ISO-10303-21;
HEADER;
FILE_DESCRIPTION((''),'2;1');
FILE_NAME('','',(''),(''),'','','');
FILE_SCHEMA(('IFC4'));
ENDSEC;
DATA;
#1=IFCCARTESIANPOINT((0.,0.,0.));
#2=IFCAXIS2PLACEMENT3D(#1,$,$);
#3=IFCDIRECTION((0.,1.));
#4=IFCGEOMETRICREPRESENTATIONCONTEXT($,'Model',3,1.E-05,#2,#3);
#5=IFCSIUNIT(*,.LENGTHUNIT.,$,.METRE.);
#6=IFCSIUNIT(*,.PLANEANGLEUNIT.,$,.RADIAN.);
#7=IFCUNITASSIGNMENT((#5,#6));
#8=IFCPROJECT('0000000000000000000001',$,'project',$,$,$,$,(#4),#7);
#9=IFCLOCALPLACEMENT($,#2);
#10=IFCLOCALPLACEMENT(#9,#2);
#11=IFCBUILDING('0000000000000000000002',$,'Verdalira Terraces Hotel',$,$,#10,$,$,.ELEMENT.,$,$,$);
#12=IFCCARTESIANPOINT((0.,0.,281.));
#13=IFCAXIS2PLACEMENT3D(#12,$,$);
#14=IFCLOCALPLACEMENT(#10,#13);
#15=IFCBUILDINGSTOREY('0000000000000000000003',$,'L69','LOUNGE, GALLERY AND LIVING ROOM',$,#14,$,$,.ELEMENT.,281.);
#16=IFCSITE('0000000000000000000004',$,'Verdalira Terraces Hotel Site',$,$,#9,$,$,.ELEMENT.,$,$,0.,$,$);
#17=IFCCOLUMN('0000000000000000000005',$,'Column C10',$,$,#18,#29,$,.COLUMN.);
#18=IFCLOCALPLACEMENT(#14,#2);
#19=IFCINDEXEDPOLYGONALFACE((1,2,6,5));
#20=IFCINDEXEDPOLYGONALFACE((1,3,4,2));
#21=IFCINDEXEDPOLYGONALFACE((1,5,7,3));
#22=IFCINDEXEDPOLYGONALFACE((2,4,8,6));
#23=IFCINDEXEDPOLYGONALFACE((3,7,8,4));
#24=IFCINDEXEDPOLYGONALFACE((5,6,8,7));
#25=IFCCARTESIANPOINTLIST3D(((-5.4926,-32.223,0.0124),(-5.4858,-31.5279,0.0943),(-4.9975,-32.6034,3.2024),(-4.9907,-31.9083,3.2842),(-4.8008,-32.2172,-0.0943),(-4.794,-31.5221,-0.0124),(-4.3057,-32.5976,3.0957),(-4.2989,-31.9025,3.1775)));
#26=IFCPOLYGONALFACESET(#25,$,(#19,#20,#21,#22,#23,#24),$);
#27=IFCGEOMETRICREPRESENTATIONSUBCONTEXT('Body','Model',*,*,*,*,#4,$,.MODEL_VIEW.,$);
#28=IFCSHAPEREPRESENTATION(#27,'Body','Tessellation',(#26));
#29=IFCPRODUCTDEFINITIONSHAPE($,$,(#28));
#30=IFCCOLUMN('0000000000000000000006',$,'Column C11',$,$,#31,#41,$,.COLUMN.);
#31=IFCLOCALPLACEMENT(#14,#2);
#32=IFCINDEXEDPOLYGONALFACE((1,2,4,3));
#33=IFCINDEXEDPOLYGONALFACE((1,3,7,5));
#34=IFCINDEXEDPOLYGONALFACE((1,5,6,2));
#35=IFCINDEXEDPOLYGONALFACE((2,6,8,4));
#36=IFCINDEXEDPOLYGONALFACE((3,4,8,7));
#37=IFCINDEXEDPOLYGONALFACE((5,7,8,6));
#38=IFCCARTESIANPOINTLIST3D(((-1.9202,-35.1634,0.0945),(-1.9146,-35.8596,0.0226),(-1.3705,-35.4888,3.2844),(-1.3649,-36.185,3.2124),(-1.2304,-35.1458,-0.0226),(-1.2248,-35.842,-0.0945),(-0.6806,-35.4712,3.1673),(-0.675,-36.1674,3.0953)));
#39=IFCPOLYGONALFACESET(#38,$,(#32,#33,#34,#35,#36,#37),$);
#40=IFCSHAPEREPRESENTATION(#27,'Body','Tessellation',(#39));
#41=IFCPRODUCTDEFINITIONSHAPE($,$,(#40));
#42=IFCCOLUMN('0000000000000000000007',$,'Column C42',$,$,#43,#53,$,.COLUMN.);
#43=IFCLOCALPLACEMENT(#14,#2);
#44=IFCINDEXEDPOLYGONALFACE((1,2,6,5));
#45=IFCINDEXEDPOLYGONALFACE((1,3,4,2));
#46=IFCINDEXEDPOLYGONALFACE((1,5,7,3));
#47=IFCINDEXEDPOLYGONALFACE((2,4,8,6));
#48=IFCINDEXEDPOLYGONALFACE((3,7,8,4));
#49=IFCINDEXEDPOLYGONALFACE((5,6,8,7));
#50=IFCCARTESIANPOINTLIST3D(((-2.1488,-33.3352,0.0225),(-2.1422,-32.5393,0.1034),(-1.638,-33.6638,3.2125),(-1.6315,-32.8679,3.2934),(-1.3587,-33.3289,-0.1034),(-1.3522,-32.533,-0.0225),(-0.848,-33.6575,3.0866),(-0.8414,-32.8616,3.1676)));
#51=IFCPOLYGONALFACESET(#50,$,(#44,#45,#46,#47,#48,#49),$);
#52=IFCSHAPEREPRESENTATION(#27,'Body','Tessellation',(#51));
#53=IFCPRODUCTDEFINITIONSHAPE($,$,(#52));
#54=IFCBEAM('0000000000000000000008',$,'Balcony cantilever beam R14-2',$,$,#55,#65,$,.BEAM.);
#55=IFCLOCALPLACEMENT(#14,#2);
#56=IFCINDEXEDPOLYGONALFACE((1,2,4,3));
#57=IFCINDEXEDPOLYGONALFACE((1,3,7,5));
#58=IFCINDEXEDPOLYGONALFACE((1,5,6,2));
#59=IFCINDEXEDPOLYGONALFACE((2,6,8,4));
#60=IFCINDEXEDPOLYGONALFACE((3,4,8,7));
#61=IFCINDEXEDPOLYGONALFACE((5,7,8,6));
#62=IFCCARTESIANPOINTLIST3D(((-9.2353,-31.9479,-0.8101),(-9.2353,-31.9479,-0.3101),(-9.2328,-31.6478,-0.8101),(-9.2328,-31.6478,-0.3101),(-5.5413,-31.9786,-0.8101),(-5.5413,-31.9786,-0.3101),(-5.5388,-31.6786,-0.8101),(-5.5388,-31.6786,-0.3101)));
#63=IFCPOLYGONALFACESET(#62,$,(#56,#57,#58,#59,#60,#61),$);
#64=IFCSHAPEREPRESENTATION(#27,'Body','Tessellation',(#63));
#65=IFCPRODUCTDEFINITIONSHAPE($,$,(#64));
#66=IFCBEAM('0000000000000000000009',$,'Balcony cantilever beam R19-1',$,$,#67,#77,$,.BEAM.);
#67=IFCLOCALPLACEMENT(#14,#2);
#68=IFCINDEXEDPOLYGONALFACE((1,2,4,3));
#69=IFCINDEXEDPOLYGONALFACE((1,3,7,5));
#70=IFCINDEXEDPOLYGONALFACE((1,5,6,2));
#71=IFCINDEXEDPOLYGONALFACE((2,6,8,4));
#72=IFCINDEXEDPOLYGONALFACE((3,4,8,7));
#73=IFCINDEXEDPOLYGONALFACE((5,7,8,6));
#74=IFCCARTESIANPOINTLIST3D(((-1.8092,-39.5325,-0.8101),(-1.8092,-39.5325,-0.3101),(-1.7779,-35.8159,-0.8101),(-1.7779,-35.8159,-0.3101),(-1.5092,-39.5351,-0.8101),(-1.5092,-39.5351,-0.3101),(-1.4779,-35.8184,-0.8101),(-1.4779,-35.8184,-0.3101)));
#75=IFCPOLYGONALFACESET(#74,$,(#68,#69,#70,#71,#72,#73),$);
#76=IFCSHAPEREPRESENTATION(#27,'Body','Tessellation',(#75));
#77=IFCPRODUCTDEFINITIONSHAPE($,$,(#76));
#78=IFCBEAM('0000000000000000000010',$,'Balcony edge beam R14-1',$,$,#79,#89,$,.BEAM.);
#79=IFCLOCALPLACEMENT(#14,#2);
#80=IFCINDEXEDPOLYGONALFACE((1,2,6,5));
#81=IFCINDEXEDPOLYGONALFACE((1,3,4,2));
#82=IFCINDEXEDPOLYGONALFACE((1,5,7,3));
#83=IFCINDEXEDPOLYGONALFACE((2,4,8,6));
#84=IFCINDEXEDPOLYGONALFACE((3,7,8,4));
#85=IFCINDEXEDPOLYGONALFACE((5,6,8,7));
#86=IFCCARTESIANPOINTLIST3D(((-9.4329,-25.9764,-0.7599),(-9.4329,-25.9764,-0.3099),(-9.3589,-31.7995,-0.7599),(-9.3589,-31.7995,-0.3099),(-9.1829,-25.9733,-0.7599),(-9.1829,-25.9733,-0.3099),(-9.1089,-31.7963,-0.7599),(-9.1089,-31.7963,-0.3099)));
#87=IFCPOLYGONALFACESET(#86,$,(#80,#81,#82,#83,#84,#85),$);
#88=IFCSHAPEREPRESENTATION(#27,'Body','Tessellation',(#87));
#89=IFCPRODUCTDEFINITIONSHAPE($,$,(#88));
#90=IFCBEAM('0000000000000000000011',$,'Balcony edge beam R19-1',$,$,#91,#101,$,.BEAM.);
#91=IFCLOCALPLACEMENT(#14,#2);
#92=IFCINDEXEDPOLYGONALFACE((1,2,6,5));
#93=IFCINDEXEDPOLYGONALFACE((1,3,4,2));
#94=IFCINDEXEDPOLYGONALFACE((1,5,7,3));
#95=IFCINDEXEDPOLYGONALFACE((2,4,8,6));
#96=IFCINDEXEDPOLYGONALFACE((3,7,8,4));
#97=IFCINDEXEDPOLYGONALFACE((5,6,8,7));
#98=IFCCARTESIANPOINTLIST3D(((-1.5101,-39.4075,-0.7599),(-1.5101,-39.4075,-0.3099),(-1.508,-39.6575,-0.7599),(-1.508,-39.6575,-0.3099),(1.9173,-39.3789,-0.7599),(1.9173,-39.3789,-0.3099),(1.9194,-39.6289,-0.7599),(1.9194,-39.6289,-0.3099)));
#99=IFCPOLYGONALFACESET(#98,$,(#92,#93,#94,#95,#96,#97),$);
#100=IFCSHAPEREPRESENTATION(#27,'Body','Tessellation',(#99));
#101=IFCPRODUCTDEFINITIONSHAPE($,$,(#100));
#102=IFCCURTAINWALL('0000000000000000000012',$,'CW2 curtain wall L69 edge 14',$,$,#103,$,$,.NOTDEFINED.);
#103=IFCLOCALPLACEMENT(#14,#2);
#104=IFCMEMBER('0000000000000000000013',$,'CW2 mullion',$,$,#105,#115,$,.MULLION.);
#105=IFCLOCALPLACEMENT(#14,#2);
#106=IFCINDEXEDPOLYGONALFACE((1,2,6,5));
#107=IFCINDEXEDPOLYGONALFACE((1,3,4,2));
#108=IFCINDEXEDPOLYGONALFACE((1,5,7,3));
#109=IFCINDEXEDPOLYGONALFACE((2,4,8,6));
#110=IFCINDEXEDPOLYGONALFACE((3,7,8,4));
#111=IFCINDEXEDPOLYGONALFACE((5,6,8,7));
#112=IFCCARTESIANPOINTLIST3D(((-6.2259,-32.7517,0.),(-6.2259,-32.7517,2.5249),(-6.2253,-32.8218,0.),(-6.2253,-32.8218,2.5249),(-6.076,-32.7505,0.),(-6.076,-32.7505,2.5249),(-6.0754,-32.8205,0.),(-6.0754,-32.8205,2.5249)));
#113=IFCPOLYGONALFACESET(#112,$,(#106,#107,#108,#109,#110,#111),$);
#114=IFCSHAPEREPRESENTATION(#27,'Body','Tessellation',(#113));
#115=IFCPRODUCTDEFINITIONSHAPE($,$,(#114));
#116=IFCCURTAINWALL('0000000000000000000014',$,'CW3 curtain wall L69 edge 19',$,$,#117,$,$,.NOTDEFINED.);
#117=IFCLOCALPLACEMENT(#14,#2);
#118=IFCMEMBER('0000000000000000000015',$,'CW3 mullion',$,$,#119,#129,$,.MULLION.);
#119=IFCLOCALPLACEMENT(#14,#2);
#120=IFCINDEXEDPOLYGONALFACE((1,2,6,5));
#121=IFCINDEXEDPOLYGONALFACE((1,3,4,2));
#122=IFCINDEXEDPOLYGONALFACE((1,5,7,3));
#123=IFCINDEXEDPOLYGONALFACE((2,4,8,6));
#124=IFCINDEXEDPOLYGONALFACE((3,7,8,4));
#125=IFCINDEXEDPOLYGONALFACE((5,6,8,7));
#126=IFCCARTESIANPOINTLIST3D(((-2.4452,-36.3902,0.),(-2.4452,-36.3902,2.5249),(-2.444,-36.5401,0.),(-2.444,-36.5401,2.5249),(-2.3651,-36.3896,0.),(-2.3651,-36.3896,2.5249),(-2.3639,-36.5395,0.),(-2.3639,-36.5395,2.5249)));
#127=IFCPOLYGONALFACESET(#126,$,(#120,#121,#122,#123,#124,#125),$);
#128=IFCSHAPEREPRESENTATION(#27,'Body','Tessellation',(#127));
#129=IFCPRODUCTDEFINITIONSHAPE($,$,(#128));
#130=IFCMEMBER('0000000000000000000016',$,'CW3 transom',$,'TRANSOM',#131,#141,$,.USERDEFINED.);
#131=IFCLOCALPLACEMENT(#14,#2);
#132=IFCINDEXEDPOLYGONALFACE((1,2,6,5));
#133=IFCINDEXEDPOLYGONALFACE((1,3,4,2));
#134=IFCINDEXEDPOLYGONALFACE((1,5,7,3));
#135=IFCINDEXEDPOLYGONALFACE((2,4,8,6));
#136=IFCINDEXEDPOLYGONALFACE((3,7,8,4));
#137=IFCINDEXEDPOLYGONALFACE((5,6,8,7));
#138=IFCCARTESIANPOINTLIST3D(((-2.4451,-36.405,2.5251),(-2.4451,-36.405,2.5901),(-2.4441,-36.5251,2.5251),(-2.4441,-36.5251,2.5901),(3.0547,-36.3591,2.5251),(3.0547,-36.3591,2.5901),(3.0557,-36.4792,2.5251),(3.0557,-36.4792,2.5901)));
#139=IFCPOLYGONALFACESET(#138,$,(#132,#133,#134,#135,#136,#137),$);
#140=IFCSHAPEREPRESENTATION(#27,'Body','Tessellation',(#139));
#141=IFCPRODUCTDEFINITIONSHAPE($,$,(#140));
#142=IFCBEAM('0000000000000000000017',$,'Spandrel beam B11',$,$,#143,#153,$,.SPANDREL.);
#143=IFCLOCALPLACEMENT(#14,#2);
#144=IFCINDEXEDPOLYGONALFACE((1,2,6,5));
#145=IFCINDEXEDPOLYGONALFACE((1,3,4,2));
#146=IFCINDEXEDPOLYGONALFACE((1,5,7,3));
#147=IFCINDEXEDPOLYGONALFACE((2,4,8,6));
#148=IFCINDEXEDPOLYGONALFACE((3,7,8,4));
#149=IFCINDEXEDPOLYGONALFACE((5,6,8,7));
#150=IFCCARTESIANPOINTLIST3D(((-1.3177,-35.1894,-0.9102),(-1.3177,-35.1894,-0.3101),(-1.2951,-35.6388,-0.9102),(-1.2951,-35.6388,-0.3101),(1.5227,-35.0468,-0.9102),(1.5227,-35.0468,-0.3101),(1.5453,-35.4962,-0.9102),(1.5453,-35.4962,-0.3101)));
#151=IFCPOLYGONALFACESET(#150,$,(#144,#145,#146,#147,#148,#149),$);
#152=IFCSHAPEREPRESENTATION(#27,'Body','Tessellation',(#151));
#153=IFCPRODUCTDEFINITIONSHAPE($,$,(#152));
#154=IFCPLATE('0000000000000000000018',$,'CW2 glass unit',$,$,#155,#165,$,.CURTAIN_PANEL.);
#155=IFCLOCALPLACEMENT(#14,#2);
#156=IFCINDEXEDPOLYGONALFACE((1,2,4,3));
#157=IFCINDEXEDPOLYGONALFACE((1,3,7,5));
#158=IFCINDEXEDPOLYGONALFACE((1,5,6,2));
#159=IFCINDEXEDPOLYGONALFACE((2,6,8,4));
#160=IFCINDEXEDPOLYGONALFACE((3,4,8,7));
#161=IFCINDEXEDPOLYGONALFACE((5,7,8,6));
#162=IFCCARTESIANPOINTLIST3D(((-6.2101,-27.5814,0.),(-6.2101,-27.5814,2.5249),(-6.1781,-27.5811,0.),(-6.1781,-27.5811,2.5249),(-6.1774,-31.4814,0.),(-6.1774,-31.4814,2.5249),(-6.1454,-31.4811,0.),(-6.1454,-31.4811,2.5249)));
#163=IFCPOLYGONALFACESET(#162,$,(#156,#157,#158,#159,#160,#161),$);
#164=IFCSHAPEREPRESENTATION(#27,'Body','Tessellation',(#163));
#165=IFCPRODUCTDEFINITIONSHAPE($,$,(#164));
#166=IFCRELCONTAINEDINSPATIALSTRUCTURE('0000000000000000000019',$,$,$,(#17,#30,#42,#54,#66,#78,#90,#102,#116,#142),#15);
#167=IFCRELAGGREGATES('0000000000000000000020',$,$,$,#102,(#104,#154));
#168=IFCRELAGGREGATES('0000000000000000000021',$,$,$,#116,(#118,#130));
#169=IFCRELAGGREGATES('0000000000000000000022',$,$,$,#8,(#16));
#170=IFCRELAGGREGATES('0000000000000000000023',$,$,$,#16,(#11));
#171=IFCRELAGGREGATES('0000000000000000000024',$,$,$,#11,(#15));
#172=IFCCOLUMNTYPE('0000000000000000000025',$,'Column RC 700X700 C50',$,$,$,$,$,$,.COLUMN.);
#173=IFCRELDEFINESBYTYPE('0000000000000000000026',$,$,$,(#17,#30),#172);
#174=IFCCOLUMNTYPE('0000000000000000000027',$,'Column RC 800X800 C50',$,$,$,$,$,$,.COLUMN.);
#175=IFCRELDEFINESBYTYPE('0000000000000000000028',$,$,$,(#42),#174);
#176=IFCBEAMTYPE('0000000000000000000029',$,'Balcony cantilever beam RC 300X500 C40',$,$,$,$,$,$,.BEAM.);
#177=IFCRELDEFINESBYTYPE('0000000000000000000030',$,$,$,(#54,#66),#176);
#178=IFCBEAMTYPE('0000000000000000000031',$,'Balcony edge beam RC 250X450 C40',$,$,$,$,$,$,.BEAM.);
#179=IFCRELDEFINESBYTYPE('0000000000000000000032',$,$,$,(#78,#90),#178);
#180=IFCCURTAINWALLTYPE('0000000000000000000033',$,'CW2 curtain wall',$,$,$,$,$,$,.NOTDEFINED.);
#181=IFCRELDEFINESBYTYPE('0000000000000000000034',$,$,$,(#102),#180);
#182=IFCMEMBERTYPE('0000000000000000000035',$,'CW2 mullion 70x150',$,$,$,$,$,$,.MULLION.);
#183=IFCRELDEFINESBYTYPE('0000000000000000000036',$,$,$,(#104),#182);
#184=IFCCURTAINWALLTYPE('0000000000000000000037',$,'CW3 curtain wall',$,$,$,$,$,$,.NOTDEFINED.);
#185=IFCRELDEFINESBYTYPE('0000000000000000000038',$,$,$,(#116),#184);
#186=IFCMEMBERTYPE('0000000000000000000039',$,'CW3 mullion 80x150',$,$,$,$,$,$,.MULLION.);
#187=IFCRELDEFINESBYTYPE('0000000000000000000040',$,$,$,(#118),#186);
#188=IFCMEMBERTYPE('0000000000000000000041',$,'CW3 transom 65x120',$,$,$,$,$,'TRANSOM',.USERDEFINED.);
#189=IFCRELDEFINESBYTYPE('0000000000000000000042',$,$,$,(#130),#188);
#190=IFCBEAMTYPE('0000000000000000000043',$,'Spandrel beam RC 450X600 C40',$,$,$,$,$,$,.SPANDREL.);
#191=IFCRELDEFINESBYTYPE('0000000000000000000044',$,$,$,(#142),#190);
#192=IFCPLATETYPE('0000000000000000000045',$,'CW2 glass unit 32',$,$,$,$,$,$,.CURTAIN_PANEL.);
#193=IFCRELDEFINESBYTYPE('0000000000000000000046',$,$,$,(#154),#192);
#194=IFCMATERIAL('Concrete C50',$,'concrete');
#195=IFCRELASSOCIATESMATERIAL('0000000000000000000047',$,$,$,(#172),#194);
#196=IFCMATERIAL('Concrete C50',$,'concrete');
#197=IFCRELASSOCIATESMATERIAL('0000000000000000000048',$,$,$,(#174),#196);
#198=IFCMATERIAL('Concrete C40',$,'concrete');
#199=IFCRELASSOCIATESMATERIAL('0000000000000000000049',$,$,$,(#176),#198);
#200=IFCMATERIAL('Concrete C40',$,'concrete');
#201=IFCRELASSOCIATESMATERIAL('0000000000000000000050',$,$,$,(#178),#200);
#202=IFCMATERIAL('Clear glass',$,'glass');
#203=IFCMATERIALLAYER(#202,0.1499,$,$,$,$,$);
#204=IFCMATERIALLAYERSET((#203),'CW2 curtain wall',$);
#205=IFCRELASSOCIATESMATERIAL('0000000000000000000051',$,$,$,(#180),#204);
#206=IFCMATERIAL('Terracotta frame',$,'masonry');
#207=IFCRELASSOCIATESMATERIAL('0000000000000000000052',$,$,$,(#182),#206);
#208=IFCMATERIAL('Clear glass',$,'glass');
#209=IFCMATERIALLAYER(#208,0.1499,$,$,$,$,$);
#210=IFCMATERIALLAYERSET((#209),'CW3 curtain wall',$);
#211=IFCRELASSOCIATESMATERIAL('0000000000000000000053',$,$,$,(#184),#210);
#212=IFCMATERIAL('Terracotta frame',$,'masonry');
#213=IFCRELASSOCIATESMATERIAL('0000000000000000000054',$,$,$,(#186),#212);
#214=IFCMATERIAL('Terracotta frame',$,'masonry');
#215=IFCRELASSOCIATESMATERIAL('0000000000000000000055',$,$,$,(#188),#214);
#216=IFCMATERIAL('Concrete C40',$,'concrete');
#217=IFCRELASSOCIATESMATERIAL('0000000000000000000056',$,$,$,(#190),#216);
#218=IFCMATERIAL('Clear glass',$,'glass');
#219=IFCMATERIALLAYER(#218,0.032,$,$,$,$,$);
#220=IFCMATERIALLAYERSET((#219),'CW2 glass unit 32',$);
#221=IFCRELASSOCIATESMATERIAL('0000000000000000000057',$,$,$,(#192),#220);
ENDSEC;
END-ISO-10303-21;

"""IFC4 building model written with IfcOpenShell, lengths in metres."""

from ifc_helpers import new_model, si_unit, direction, frame, origin, origin_2d, place, context, subcontext, project, spatial, rectangle, extrude, material, layer, layer_set, material_profile, profile_set, type_object, element, aggregate, save


model = new_model("IFC4")

# Units and contexts
model_context = context("Model", 3, precision=1e-05, world=origin(), true_north=direction((0.0, 1.0)))
body_context = subcontext(model_context, "Body", "Model", "MODEL_VIEW")
ifc_project = project(units=[si_unit("LENGTHUNIT", "METRE"), si_unit("PLANEANGLEUNIT", "RADIAN")], contexts=[model_context])

# Site, building, storey
site_placement = place(None, origin())
site = spatial("IfcSite", under=ifc_project, at=site_placement, Name="Verdalira Terraces Hotel Site", CompositionType="ELEMENT", RefElevation=0.0)
building_placement = place(site_placement, origin())
building = spatial("IfcBuilding", under=site, at=building_placement, Name="Verdalira Terraces Hotel", CompositionType="ELEMENT")
storey_placement = place(building_placement, frame((0.0, 0.0, 281.0)))
storey = spatial("IfcBuildingStorey", under=building, at=storey_placement, Name="L69", Description="LOUNGE, GALLERY AND LIVING ROOM", CompositionType="ELEMENT", Elevation=281.0)

# Columns
ifc_material_1 = material(Name="Concrete C50", Category="concrete")
ifc_material_profile_1 = material_profile(ifc_material_1, rectangle(XDim=0.7, YDim=0.7, at=origin_2d()), Name="RC 700X700")
ifc_profile_set_1 = profile_set([ifc_material_profile_1], Name="Concrete C50")
column_type_1 = type_object("IfcColumnType", Name="Column RC 700X700 C50", PredefinedType="COLUMN", material=ifc_profile_set_1)
column_1_placement = place(storey_placement, frame((-5.1433, -31.8726, 0.0), z_axis=(0.152322, -0.11702, 0.981379), x_axis=(-0.009727, -0.993095, -0.116908)))
element("IfcColumn", 1, at=column_1_placement, inside=storey, type_object=column_type_1, Name="Column C10", PredefinedType="COLUMN", context=body_context, shape_type="SweptSolid", body=[
    extrude(rectangle(XDim=0.7, YDim=0.7, at=origin_2d()), origin(), (0.0, 0.0, 1.0), 3.2505),
])
column_2_placement = place(storey_placement, frame((-1.5725, -35.5027, 0.0), z_axis=(0.168999, -0.100034, 0.980527), x_axis=(0.985584, 0.025219, -0.167298)))
element("IfcColumn", 2, at=column_2_placement, inside=storey, type_object=column_type_1, Name="Column C11", PredefinedType="COLUMN", context=body_context, shape_type="SweptSolid", body=[
    extrude(rectangle(XDim=0.7, YDim=0.7, at=origin_2d()), origin(), (0.0, 0.0, 1.0), 3.2532),
])
ifc_material_2 = material(Name="Concrete C50", Category="concrete")
ifc_material_profile_2 = material_profile(ifc_material_2, rectangle(XDim=0.8, YDim=0.8, at=origin_2d()), Name="RC 800X800")
ifc_profile_set_2 = profile_set([ifc_material_profile_2], Name="Concrete C50")
column_type_2 = type_object("IfcColumnType", Name="Column RC 800X800 C50", PredefinedType="COLUMN", material=ifc_profile_set_2)
column_3_placement = place(storey_placement, frame((-1.7505, -32.9341, 0.0), z_axis=(0.157285, -0.101198, 0.982355), x_axis=(-0.008203, -0.994835, -0.10117)))
element("IfcColumn", 3, at=column_3_placement, inside=storey, type_object=column_type_2, Name="Column C42", PredefinedType="COLUMN", context=body_context, shape_type="SweptSolid", body=[
    extrude(rectangle(XDim=0.8, YDim=0.8, at=origin_2d()), origin(), (0.0, 0.0, 1.0), 3.2473),
])

# Beams
ifc_material_3 = material(Name="Concrete C40", Category="concrete")
ifc_material_profile_3 = material_profile(ifc_material_3, rectangle(XDim=0.3, YDim=0.5, at=origin_2d()), Name="RC 300X500")
ifc_profile_set_3 = profile_set([ifc_material_profile_3], Name="Concrete C40")
beam_type_1 = type_object("IfcBeamType", Name="Balcony cantilever beam RC 300X500 C40", PredefinedType="BEAM", material=ifc_profile_set_3)
beam_1_placement = place(storey_placement, frame((-5.54, -31.8286, -0.5601), z_axis=(-0.999965, 0.008328, 0.0), x_axis=(-0.008328, -0.999965, 0.0)))
element("IfcBeam", 4, at=beam_1_placement, inside=storey, type_object=beam_type_1, Name="Balcony cantilever beam R14-2", PredefinedType="BEAM", context=body_context, shape_type="SweptSolid", body=[
    extrude(rectangle(XDim=0.3, YDim=0.5, at=origin_2d()), origin(), (0.0, 0.0, 1.0), 3.6941),
])
beam_2_placement = place(storey_placement, frame((-1.6279, -35.8171, -0.5601), z_axis=(-0.008408, -0.999965, 0.0), x_axis=(0.999965, -0.008408, 0.0)))
element("IfcBeam", 5, at=beam_2_placement, inside=storey, type_object=beam_type_1, Name="Balcony cantilever beam R19-1", PredefinedType="BEAM", context=body_context, shape_type="SweptSolid", body=[
    extrude(rectangle(XDim=0.3, YDim=0.5, at=origin_2d()), origin(), (0.0, 0.0, 1.0), 3.7168),
])
ifc_material_4 = material(Name="Concrete C40", Category="concrete")
ifc_material_profile_4 = material_profile(ifc_material_4, rectangle(XDim=0.25, YDim=0.45, at=origin_2d()), Name="RC 250X450")
ifc_profile_set_4 = profile_set([ifc_material_profile_4], Name="Concrete C40")
beam_type_2 = type_object("IfcBeamType", Name="Balcony edge beam RC 250X450 C40", PredefinedType="BEAM", material=ifc_profile_set_4)
beam_3_placement = place(storey_placement, frame((-9.3079, -25.9749, -0.5349), z_axis=(0.012703, -0.999919, 0.0), x_axis=(0.999919, 0.012703, 0.0)))
element("IfcBeam", 6, at=beam_3_placement, inside=storey, type_object=beam_type_2, Name="Balcony edge beam R14-1", PredefinedType="BEAM", context=body_context, shape_type="SweptSolid", body=[
    extrude(rectangle(XDim=0.25, YDim=0.45, at=origin_2d()), origin(), (0.0, 0.0, 1.0), 5.8235),
])
beam_4_placement = place(storey_placement, frame((-1.509, -39.5325, -0.5349), z_axis=(0.999965, 0.008334, 0.0), x_axis=(-0.008334, 0.999965, 0.0)))
element("IfcBeam", 7, at=beam_4_placement, inside=storey, type_object=beam_type_2, Name="Balcony edge beam R19-1", PredefinedType="BEAM", context=body_context, shape_type="SweptSolid", body=[
    extrude(rectangle(XDim=0.25, YDim=0.45, at=origin_2d()), origin(), (0.0, 0.0, 1.0), 3.4275),
])

# Curtain wall, member
ifc_material_5 = material(Name="Clear glass", Category="glass")
ifc_layer_1 = layer(ifc_material_5, 0.1499)
ifc_layer_set_1 = layer_set([ifc_layer_1], Name="CW2 curtain wall")
curtain_wall_type_1 = type_object("IfcCurtainWallType", Name="CW2 curtain wall", PredefinedType="NOTDEFINED", material=ifc_layer_set_1)
curtain_wall_1_placement = place(storey_placement, origin())
curtain_wall_1 = element("IfcCurtainWall", 8, at=curtain_wall_1_placement, inside=storey, type_object=curtain_wall_type_1, Name="CW2 curtain wall L69 edge 14", PredefinedType="NOTDEFINED")
ifc_material_6 = material(Name="Terracotta frame", Category="masonry")
ifc_material_profile_5 = material_profile(ifc_material_6, rectangle(XDim=0.0701, YDim=0.1499, at=origin_2d()), Name="MU 70x150")
ifc_profile_set_5 = profile_set([ifc_material_profile_5], Name="Terracotta frame")
member_type_1 = type_object("IfcMemberType", Name="CW2 mullion 70x150", PredefinedType="MULLION", material=ifc_profile_set_5)
member_1_placement = place(storey_placement, frame((-6.1506, -32.7861, 0.0), z_axis=(0.0, 0.0, 1.0), x_axis=(0.008377, -0.999965, 0.0)))
member_1 = element("IfcMember", 9, at=member_1_placement, type_object=member_type_1, Name="CW2 mullion", PredefinedType="MULLION", context=body_context, shape_type="SweptSolid", body=[
    extrude(rectangle(XDim=0.0701, YDim=0.1499, at=origin_2d()), origin(), (0.0, 0.0, 1.0), 2.5249),
])

# Curtain wall, members
ifc_material_7 = material(Name="Clear glass", Category="glass")
ifc_layer_2 = layer(ifc_material_7, 0.1499)
ifc_layer_set_2 = layer_set([ifc_layer_2], Name="CW3 curtain wall")
curtain_wall_type_2 = type_object("IfcCurtainWallType", Name="CW3 curtain wall", PredefinedType="NOTDEFINED", material=ifc_layer_set_2)
curtain_wall_2_placement = place(storey_placement, origin())
curtain_wall_2 = element("IfcCurtainWall", 10, at=curtain_wall_2_placement, inside=storey, type_object=curtain_wall_type_2, Name="CW3 curtain wall L69 edge 19", PredefinedType="NOTDEFINED")
ifc_material_8 = material(Name="Terracotta frame", Category="masonry")
ifc_material_profile_6 = material_profile(ifc_material_8, rectangle(XDim=0.0801, YDim=0.1499, at=origin_2d()), Name="MU 80x150")
ifc_profile_set_6 = profile_set([ifc_material_profile_6], Name="Terracotta frame")
member_type_2 = type_object("IfcMemberType", Name="CW3 mullion 80x150", PredefinedType="MULLION", material=ifc_profile_set_6)
member_2_placement = place(storey_placement, frame((-2.4045, -36.4648, 0.0), z_axis=(0.0, 0.0, 1.0), x_axis=(0.999965, 0.008377, 0.0)))
member_2 = element("IfcMember", 11, at=member_2_placement, type_object=member_type_2, Name="CW3 mullion", PredefinedType="MULLION", context=body_context, shape_type="SweptSolid", body=[
    extrude(rectangle(XDim=0.0801, YDim=0.1499, at=origin_2d()), origin(), (0.0, 0.0, 1.0), 2.5249),
])
ifc_material_9 = material(Name="Terracotta frame", Category="masonry")
ifc_material_profile_7 = material_profile(ifc_material_9, rectangle(XDim=0.1201, YDim=0.0649, at=origin_2d()), Name="TR 65x120")
ifc_profile_set_7 = profile_set([ifc_material_profile_7], Name="Terracotta frame")
member_type_3 = type_object("IfcMemberType", Name="CW3 transom 65x120", ElementType="TRANSOM", PredefinedType="USERDEFINED", material=ifc_profile_set_7)
member_3_placement = place(storey_placement, frame((-2.4446, -36.4651, 2.5576), z_axis=(0.999965, 0.008345, 0.0), x_axis=(-0.008345, 0.999965, 0.0)))
member_3 = element("IfcMember", 12, at=member_3_placement, type_object=member_type_3, Name="CW3 transom", ObjectType="TRANSOM", PredefinedType="USERDEFINED", context=body_context, shape_type="SweptSolid", body=[
    extrude(rectangle(XDim=0.1201, YDim=0.0649, at=origin_2d()), origin(), (0.0, 0.0, 1.0), 5.5),
])

# Beam
ifc_material_10 = material(Name="Concrete C40", Category="concrete")
ifc_material_profile_8 = material_profile(ifc_material_10, rectangle(XDim=0.45, YDim=0.6001, at=origin_2d()), Name="RC 450X600")
ifc_profile_set_8 = profile_set([ifc_material_profile_8], Name="Concrete C40")
beam_type_3 = type_object("IfcBeamType", Name="Spandrel beam RC 450X600 C40", PredefinedType="SPANDREL", material=ifc_profile_set_8)
beam_5_placement = place(storey_placement, frame((-1.3064, -35.4141, -0.6101), z_axis=(0.998742, 0.050135, 0.0), x_axis=(-0.050135, 0.998742, 0.0)))
element("IfcBeam", 13, at=beam_5_placement, inside=storey, type_object=beam_type_3, Name="Spandrel beam B11", PredefinedType="SPANDREL", context=body_context, shape_type="SweptSolid", body=[
    extrude(rectangle(XDim=0.45, YDim=0.6001, at=origin_2d()), origin(), (0.0, 0.0, 1.0), 2.844),
])

# Plate
ifc_material_11 = material(Name="Clear glass", Category="glass")
ifc_layer_3 = layer(ifc_material_11, 0.032)
ifc_layer_set_3 = layer_set([ifc_layer_3], Name="CW2 glass unit 32")
plate_type_1 = type_object("IfcPlateType", Name="CW2 glass unit 32", PredefinedType="CURTAIN_PANEL", material=ifc_layer_set_3)
plate_1_placement = place(storey_placement, frame((-6.1777, -29.5312, 0.0), z_axis=(0.0, 0.0, 1.0), x_axis=(0.008377, -0.999965, 0.0)))
plate_1 = element("IfcPlate", 14, at=plate_1_placement, type_object=plate_type_1, Name="CW2 glass unit", PredefinedType="CURTAIN_PANEL", context=body_context, shape_type="SweptSolid", body=[
    extrude(rectangle(XDim=3.9001, YDim=0.032, at=origin_2d()), origin(), (0.0, 0.0, 1.0), 2.5249),
])
aggregate(curtain_wall_1, [member_1, plate_1])
aggregate(curtain_wall_2, [member_2, member_3])

save(model, "model.ifc")
